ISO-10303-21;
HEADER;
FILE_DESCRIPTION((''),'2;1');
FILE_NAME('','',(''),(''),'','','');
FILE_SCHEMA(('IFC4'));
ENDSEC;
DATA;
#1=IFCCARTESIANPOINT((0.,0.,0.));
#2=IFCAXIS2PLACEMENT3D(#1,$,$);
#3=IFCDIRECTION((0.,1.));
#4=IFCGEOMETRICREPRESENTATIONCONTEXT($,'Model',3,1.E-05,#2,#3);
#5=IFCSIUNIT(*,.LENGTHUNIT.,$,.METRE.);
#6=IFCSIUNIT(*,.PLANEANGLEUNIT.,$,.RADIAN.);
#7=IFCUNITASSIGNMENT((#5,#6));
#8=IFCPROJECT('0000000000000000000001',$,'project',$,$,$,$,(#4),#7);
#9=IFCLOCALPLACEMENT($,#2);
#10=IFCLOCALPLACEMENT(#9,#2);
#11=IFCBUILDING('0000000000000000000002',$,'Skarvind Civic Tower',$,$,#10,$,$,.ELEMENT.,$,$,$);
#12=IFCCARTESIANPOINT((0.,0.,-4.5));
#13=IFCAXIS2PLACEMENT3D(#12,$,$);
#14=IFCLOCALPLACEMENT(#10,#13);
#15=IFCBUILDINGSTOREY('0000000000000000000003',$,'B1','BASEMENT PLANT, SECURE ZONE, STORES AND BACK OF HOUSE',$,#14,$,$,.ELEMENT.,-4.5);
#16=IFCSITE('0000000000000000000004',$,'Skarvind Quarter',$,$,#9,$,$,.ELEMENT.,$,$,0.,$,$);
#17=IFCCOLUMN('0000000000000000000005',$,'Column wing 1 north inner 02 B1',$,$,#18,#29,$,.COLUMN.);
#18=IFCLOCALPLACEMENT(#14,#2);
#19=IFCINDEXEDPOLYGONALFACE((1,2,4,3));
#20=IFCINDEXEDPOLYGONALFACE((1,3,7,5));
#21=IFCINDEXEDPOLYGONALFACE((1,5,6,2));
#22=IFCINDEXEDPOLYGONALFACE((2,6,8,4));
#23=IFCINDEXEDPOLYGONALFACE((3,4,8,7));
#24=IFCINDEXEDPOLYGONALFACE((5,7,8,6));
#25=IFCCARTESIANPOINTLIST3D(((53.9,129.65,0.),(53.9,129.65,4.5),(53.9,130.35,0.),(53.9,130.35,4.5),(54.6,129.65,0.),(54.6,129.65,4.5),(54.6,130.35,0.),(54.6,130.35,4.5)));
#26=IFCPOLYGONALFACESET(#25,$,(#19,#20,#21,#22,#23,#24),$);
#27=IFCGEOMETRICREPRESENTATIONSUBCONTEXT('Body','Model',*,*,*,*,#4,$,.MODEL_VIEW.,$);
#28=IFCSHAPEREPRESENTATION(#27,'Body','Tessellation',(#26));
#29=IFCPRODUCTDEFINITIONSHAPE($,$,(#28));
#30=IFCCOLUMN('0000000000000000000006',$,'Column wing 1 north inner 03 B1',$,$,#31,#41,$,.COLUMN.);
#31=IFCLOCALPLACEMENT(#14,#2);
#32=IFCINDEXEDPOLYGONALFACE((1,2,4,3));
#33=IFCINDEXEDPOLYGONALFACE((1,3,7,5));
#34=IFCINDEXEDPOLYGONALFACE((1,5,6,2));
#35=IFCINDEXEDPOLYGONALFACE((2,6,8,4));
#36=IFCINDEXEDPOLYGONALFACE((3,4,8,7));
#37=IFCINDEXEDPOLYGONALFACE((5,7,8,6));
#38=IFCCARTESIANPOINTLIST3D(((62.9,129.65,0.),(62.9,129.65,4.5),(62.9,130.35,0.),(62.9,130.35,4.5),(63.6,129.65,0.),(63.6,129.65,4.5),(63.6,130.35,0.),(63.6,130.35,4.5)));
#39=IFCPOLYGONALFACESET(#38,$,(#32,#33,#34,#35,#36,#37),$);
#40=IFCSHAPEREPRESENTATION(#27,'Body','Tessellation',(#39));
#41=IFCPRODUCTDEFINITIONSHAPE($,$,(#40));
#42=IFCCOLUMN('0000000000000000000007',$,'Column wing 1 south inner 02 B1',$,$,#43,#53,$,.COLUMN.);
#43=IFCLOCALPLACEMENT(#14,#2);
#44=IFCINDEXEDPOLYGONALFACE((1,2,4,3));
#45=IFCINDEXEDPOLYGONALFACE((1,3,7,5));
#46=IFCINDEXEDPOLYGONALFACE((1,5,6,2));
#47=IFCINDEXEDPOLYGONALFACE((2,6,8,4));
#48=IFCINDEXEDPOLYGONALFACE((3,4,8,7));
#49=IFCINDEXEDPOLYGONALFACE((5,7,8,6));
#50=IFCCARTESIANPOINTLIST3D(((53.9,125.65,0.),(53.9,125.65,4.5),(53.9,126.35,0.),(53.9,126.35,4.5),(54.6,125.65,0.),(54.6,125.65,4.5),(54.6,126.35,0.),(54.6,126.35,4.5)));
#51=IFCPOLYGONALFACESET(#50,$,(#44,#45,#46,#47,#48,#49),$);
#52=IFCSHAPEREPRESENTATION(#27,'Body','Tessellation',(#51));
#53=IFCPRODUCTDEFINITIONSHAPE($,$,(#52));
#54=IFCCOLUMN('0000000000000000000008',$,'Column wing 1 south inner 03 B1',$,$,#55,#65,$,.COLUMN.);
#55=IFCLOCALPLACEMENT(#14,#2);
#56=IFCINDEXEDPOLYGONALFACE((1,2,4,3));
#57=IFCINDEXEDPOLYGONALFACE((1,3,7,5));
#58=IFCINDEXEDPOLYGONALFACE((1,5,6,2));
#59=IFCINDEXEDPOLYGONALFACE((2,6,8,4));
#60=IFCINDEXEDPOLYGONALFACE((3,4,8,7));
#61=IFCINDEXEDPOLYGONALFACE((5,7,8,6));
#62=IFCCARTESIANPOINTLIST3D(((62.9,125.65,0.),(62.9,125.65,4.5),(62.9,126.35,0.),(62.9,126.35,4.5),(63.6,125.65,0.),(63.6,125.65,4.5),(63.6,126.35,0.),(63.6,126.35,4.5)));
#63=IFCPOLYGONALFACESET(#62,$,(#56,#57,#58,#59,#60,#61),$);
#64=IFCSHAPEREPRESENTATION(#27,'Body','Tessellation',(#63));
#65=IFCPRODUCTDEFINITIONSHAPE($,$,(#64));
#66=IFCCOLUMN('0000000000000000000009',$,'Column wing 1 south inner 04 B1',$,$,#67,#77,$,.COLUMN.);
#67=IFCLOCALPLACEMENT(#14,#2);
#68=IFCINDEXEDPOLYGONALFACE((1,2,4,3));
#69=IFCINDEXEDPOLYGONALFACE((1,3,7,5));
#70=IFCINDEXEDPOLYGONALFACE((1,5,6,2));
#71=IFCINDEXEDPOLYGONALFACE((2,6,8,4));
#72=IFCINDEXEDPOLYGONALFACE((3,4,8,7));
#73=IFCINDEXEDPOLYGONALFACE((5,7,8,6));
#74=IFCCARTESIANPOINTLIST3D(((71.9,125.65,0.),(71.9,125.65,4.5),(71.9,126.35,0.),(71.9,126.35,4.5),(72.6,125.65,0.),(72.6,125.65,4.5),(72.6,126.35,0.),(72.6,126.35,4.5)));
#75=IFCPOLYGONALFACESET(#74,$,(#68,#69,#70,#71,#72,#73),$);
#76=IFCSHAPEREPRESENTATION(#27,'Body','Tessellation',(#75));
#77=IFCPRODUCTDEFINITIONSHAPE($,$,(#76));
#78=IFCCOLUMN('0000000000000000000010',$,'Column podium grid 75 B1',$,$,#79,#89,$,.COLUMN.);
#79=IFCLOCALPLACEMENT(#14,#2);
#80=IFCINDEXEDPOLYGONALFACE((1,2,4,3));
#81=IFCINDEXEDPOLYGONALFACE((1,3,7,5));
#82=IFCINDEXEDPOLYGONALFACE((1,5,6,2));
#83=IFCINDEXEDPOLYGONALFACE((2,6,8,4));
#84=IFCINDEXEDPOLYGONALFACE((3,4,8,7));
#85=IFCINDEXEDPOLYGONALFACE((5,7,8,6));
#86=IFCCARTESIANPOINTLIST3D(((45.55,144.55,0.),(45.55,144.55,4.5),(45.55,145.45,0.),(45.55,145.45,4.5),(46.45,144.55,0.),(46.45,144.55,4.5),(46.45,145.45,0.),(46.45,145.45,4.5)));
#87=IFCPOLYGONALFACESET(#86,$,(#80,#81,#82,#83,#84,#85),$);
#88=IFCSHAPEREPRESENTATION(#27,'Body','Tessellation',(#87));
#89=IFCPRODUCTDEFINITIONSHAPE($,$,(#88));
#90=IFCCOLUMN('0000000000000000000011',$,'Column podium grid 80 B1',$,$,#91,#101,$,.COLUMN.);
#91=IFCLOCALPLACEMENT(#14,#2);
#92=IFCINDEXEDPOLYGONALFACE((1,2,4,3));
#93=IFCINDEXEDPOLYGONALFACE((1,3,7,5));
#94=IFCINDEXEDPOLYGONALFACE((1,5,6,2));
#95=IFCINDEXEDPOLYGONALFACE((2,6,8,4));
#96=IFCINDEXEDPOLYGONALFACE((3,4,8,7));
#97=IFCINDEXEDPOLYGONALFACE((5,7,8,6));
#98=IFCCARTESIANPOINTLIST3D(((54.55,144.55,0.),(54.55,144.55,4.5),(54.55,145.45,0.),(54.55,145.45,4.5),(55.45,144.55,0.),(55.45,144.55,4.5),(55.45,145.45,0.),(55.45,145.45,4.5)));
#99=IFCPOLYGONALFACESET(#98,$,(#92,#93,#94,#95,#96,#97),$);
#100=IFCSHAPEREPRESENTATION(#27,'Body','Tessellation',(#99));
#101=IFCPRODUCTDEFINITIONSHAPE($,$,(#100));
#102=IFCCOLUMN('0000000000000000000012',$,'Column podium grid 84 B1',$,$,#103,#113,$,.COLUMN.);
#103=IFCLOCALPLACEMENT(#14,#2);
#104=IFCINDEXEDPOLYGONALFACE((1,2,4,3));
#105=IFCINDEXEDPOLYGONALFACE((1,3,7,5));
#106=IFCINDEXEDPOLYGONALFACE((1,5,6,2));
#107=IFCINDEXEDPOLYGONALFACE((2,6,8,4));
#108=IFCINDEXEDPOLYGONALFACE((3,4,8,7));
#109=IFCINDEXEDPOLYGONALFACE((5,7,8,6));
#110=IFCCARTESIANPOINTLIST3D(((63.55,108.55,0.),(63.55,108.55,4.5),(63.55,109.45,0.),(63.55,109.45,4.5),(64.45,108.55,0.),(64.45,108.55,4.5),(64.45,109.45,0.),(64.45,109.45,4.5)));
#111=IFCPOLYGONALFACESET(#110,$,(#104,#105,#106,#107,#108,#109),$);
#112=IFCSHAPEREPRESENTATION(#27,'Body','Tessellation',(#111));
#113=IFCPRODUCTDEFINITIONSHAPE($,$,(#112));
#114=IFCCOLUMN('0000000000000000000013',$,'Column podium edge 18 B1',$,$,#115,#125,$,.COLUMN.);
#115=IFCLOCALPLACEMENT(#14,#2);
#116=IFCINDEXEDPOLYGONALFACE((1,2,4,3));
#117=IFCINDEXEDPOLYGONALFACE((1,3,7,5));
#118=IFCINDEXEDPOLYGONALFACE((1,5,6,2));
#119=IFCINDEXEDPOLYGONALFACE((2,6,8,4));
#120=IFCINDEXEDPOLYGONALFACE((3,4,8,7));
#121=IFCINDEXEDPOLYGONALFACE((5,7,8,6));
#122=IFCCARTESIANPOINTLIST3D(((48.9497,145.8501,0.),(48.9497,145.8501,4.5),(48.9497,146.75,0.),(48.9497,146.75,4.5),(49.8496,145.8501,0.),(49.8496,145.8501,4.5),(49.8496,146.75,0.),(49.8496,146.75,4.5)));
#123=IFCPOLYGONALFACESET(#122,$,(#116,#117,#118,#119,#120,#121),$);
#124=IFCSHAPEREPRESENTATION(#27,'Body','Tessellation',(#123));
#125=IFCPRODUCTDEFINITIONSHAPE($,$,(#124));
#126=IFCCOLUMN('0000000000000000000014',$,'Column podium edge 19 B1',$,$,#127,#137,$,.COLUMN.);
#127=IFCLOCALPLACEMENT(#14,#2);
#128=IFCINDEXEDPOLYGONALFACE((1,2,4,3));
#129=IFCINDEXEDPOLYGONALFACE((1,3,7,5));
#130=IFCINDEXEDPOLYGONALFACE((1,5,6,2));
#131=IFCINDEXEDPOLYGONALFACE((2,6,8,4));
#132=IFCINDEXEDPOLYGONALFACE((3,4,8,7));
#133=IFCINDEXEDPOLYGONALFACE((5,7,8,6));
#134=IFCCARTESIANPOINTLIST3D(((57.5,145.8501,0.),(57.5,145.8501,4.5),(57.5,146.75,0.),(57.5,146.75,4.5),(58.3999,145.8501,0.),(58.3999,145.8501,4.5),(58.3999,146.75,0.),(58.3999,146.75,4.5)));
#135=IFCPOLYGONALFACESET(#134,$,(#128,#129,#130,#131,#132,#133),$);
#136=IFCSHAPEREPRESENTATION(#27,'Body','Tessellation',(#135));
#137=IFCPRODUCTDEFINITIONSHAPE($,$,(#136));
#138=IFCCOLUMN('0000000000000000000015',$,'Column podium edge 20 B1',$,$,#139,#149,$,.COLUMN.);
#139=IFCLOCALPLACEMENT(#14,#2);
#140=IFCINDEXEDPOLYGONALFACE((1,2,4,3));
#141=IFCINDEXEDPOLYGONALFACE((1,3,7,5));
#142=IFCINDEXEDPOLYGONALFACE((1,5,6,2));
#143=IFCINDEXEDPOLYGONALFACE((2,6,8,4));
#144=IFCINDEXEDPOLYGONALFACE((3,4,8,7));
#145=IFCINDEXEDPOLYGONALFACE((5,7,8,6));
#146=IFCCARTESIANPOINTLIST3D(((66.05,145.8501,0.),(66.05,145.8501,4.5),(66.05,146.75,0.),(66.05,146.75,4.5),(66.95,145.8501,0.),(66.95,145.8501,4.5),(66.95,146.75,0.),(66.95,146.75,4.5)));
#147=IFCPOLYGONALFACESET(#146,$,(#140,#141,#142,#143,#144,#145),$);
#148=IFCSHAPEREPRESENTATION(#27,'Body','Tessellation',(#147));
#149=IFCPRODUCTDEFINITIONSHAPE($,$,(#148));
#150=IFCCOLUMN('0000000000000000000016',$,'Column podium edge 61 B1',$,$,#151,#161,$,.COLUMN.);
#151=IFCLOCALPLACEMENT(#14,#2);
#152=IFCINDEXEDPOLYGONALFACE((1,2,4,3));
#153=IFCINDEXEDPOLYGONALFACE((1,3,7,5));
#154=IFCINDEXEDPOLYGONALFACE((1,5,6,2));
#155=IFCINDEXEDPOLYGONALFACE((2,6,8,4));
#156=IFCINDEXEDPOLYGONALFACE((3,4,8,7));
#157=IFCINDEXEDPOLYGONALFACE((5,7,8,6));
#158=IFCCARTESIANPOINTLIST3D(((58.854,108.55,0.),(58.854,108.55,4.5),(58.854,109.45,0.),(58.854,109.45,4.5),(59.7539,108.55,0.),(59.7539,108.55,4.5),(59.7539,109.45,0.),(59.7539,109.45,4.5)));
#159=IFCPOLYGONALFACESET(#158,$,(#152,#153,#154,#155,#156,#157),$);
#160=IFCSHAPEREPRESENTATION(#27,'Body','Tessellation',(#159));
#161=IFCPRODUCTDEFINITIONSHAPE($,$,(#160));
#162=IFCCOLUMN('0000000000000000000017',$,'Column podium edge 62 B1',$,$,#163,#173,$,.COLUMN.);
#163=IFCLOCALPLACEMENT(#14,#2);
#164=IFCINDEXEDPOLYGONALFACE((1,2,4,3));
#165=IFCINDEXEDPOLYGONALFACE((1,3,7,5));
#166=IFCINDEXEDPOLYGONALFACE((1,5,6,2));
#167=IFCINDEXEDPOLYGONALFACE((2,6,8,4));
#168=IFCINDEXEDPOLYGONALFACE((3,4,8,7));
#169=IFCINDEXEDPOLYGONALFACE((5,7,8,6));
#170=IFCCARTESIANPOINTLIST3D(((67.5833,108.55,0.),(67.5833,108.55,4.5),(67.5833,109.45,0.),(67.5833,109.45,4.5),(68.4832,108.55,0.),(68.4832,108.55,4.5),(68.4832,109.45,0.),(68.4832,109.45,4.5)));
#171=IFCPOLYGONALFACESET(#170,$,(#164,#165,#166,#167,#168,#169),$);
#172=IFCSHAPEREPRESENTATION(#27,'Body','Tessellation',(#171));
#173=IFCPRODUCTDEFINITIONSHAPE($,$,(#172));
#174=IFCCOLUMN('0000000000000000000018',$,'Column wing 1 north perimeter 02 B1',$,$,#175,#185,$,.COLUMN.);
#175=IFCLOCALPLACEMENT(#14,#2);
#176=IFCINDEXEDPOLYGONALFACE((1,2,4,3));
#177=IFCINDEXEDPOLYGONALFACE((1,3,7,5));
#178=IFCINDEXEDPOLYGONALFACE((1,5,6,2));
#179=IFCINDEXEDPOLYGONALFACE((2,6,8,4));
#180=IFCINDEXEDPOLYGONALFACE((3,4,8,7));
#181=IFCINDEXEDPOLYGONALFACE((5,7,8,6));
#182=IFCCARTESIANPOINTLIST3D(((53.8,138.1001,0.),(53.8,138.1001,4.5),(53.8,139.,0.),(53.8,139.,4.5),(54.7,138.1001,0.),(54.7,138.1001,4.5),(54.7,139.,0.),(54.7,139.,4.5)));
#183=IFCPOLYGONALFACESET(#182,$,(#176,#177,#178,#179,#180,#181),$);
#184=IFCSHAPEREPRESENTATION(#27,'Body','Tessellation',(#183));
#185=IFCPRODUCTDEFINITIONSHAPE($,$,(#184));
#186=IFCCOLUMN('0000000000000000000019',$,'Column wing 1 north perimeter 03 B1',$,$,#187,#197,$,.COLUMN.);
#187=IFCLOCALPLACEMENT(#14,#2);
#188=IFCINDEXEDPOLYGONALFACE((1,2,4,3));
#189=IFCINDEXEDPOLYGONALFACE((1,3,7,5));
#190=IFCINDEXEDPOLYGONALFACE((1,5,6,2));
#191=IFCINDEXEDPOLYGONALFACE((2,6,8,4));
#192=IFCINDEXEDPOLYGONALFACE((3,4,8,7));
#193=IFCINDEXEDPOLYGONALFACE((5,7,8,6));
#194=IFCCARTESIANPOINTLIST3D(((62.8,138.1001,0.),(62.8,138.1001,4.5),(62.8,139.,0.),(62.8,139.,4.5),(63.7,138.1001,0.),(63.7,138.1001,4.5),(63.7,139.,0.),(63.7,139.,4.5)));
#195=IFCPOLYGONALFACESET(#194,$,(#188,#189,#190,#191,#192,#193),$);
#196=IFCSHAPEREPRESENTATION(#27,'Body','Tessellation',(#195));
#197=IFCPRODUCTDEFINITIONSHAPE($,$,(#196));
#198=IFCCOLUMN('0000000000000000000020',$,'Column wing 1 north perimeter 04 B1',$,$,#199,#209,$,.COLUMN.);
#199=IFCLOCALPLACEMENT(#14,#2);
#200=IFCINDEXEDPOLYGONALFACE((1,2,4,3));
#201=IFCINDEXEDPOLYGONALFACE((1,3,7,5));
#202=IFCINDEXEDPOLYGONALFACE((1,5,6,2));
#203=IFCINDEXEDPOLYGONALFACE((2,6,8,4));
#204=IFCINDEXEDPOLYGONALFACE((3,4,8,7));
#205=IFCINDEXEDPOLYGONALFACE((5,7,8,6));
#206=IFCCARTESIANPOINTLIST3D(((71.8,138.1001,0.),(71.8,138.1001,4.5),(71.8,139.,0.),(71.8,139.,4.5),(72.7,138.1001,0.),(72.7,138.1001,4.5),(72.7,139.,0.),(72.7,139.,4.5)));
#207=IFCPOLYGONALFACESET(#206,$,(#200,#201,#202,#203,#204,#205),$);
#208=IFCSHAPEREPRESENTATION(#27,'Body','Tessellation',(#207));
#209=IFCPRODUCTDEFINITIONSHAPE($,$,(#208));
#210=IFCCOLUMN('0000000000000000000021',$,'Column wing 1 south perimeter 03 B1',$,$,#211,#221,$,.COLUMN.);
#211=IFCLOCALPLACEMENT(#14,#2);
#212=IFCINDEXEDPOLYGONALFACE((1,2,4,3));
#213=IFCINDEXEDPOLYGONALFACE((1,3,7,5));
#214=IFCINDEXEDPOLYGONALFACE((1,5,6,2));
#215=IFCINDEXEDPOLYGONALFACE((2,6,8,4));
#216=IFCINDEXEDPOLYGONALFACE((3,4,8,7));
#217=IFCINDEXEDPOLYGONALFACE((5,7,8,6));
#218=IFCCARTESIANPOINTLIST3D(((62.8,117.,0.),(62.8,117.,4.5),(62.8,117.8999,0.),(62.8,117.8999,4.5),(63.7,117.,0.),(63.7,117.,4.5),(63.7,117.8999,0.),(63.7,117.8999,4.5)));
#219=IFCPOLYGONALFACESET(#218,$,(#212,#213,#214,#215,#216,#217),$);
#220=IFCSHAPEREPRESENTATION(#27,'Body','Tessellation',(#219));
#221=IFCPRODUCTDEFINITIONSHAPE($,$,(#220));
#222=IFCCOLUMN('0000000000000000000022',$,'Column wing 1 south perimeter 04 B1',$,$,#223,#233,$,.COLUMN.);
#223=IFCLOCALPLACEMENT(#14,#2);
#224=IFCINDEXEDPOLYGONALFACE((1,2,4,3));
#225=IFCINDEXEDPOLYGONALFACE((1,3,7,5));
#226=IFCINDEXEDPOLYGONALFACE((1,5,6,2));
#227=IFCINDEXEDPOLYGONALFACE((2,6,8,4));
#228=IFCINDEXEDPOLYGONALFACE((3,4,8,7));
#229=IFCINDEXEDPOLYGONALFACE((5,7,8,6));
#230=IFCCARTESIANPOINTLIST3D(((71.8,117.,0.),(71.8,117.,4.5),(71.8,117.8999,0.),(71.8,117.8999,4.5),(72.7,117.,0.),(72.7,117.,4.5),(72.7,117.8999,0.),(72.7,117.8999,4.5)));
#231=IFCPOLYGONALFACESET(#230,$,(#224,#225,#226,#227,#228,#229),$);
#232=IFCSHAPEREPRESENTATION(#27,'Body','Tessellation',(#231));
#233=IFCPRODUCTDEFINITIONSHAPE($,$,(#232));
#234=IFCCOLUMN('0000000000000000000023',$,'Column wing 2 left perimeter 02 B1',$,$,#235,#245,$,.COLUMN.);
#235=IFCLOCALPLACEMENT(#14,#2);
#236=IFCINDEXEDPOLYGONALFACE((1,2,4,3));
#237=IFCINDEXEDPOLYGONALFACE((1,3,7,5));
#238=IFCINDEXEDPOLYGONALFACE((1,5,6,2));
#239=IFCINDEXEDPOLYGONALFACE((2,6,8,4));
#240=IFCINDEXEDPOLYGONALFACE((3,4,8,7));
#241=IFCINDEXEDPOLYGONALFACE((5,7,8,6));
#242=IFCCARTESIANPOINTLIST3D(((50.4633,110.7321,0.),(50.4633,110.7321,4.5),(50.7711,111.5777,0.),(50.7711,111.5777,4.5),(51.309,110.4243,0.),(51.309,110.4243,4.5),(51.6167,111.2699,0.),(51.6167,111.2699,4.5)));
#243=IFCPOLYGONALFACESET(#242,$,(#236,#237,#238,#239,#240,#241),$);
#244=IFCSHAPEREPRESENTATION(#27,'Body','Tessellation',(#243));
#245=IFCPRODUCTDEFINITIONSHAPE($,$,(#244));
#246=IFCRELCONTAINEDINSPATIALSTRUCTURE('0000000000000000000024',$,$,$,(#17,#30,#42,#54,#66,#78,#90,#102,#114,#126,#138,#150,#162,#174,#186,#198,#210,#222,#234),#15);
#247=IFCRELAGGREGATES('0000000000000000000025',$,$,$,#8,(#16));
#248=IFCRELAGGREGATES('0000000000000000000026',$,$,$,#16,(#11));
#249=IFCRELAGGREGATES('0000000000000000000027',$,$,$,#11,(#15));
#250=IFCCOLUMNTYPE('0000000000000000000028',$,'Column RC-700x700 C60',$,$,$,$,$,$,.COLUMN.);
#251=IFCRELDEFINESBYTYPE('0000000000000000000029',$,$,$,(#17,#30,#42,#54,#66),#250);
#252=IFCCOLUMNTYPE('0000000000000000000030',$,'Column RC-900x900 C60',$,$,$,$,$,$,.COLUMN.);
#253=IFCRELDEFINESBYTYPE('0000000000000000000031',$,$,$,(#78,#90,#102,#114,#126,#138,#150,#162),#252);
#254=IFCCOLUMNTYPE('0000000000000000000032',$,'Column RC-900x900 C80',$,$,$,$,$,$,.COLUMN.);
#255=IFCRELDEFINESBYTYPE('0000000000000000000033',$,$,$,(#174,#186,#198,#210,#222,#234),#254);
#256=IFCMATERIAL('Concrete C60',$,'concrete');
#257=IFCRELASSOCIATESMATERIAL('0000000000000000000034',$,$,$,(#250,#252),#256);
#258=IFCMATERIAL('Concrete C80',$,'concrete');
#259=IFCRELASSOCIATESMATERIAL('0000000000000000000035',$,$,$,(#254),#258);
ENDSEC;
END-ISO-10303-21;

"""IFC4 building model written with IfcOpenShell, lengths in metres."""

from ifc_helpers import new_model, si_unit, direction, frame, origin, origin_2d, place, context, subcontext, project, spatial, rectangle, extrude, material, material_profile, profile_set, type_object, element, save


model = new_model("IFC4")

# Units and contexts
model_context = context("Model", 3, precision=1e-05, world=origin(), true_north=direction((0.0, 1.0)))
body_context = subcontext(model_context, "Body", "Model", "MODEL_VIEW")
ifc_project = project(units=[si_unit("LENGTHUNIT", "METRE"), si_unit("PLANEANGLEUNIT", "RADIAN")], contexts=[model_context])

# Site, building, storey
site_placement = place(None, origin())
site = spatial("IfcSite", under=ifc_project, at=site_placement, Name="Skarvind Quarter", CompositionType="ELEMENT", RefElevation=0.0)
building_placement = place(site_placement, origin())
building = spatial("IfcBuilding", under=site, at=building_placement, Name="Skarvind Civic Tower", CompositionType="ELEMENT")
storey_placement = place(building_placement, frame((0.0, 0.0, -4.5)))
storey = spatial("IfcBuildingStorey", under=building, at=storey_placement, Name="B1", Description="BASEMENT PLANT, SECURE ZONE, STORES AND BACK OF HOUSE", CompositionType="ELEMENT", Elevation=-4.5)

# Columns
ifc_material_1 = material(Name="Concrete C60", Category="concrete")
ifc_material_profile_1 = material_profile(ifc_material_1, rectangle(XDim=0.7, YDim=0.7, at=origin_2d()), Name="RC-700x700")
ifc_profile_set_1 = profile_set([ifc_material_profile_1], Name="Concrete C60")
column_type_1 = type_object("IfcColumnType", Name="Column RC-700x700 C60", PredefinedType="COLUMN", material=ifc_profile_set_1)
for number, where, z_axis, x_axis, name in (
    (1, (54.25, 130.0, 0.0), (0.0, 0.0, 1.0), (1.0, 0.0, 0.0), "Column wing 1 north inner 02 B1"),
    (2, (63.25, 130.0, 0.0), (0.0, 0.0, 1.0), (1.0, 0.0, 0.0), "Column wing 1 north inner 03 B1"),
    (3, (54.25, 126.0, 0.0), (0.0, 0.0, 1.0), (1.0, 0.0, 0.0), "Column wing 1 south inner 02 B1"),
    (4, (63.25, 126.0, 0.0), (0.0, 0.0, 1.0), (1.0, 0.0, 0.0), "Column wing 1 south inner 03 B1"),
    (5, (72.25, 126.0, 0.0), (0.0, 0.0, 1.0), (1.0, 0.0, 0.0), "Column wing 1 south inner 04 B1"),
):
    element("IfcColumn", number, at=place(storey_placement, frame(where, z_axis=z_axis, x_axis=x_axis)), inside=storey, type_object=column_type_1, Name=name, PredefinedType="COLUMN", context=body_context, shape_type="SweptSolid", body=[
        extrude(rectangle(XDim=0.7, YDim=0.7, at=origin_2d()), origin(), (0.0, 0.0, 1.0), 4.5),
    ])
ifc_material_profile_2 = material_profile(ifc_material_1, rectangle(XDim=0.8999, YDim=0.8999, at=origin_2d()), Name="RC-900x900")
ifc_profile_set_2 = profile_set([ifc_material_profile_2], Name="Concrete C60")
column_type_2 = type_object("IfcColumnType", Name="Column RC-900x900 C60", PredefinedType="COLUMN", material=ifc_profile_set_2)
for number, where, z_axis, x_axis, name in (
    (6, (46.0, 145.0, 0.0), (0.0, 0.0, 1.0), (1.0, 0.0, 0.0), "Column podium grid 75 B1"),
    (7, (55.0, 145.0, 0.0), (0.0, 0.0, 1.0), (1.0, 0.0, 0.0), "Column podium grid 80 B1"),
    (8, (64.0, 109.0, 0.0), (0.0, 0.0, 1.0), (1.0, 0.0, 0.0), "Column podium grid 84 B1"),
    (9, (49.3997, 146.3, 0.0), (0.0, 0.0, 1.0), (1.0, 0.0, 0.0), "Column podium edge 18 B1"),
    (10, (57.95, 146.3, 0.0), (0.0, 0.0, 1.0), (1.0, 0.0, 0.0), "Column podium edge 19 B1"),
    (11, (66.5, 146.3, 0.0), (0.0, 0.0, 1.0), (1.0, 0.0, 0.0), "Column podium edge 20 B1"),
    (12, (59.304, 109.0, 0.0), (0.0, 0.0, 1.0), (1.0, 0.0, 0.0), "Column podium edge 61 B1"),
    (13, (68.0332, 109.0, 0.0), (0.0, 0.0, 1.0), (1.0, 0.0, 0.0), "Column podium edge 62 B1"),
):
    element("IfcColumn", number, at=place(storey_placement, frame(where, z_axis=z_axis, x_axis=x_axis)), inside=storey, type_object=column_type_2, Name=name, PredefinedType="COLUMN", context=body_context, shape_type="SweptSolid", body=[
        extrude(rectangle(XDim=0.8999, YDim=0.8999, at=origin_2d()), origin(), (0.0, 0.0, 1.0), 4.5),
    ])
ifc_material_2 = material(Name="Concrete C80", Category="concrete")
ifc_material_profile_3 = material_profile(ifc_material_2, rectangle(XDim=0.8999, YDim=0.8999, at=origin_2d()), Name="RC-900x900")
ifc_profile_set_3 = profile_set([ifc_material_profile_3], Name="Concrete C80")
column_type_3 = type_object("IfcColumnType", Name="Column RC-900x900 C80", PredefinedType="COLUMN", material=ifc_profile_set_3)
for number, where, z_axis, x_axis, name in (
    (14, (54.25, 138.55, 0.0), (0.0, 0.0, 1.0), (1.0, 0.0, 0.0), "Column wing 1 north perimeter 02 B1"),
    (15, (63.25, 138.55, 0.0), (0.0, 0.0, 1.0), (1.0, 0.0, 0.0), "Column wing 1 north perimeter 03 B1"),
    (16, (72.25, 138.55, 0.0), (0.0, 0.0, 1.0), (1.0, 0.0, 0.0), "Column wing 1 north perimeter 04 B1"),
    (17, (63.25, 117.45, 0.0), (0.0, 0.0, 1.0), (1.0, 0.0, 0.0), "Column wing 1 south perimeter 03 B1"),
    (18, (72.25, 117.45, 0.0), (0.0, 0.0, 1.0), (1.0, 0.0, 0.0), "Column wing 1 south perimeter 04 B1"),
    (19, (51.04, 111.001, 0.0), (0.0, 0.0, 1.0), (-0.34202, -0.939693, 0.0), "Column wing 2 left perimeter 02 B1"),
):
    element("IfcColumn", number, at=place(storey_placement, frame(where, z_axis=z_axis, x_axis=x_axis)), inside=storey, type_object=column_type_3, Name=name, PredefinedType="COLUMN", context=body_context, shape_type="SweptSolid", body=[
        extrude(rectangle(XDim=0.8999, YDim=0.8999, at=origin_2d()), origin(), (0.0, 0.0, 1.0), 4.5),
    ])

save(model, "model.ifc")
